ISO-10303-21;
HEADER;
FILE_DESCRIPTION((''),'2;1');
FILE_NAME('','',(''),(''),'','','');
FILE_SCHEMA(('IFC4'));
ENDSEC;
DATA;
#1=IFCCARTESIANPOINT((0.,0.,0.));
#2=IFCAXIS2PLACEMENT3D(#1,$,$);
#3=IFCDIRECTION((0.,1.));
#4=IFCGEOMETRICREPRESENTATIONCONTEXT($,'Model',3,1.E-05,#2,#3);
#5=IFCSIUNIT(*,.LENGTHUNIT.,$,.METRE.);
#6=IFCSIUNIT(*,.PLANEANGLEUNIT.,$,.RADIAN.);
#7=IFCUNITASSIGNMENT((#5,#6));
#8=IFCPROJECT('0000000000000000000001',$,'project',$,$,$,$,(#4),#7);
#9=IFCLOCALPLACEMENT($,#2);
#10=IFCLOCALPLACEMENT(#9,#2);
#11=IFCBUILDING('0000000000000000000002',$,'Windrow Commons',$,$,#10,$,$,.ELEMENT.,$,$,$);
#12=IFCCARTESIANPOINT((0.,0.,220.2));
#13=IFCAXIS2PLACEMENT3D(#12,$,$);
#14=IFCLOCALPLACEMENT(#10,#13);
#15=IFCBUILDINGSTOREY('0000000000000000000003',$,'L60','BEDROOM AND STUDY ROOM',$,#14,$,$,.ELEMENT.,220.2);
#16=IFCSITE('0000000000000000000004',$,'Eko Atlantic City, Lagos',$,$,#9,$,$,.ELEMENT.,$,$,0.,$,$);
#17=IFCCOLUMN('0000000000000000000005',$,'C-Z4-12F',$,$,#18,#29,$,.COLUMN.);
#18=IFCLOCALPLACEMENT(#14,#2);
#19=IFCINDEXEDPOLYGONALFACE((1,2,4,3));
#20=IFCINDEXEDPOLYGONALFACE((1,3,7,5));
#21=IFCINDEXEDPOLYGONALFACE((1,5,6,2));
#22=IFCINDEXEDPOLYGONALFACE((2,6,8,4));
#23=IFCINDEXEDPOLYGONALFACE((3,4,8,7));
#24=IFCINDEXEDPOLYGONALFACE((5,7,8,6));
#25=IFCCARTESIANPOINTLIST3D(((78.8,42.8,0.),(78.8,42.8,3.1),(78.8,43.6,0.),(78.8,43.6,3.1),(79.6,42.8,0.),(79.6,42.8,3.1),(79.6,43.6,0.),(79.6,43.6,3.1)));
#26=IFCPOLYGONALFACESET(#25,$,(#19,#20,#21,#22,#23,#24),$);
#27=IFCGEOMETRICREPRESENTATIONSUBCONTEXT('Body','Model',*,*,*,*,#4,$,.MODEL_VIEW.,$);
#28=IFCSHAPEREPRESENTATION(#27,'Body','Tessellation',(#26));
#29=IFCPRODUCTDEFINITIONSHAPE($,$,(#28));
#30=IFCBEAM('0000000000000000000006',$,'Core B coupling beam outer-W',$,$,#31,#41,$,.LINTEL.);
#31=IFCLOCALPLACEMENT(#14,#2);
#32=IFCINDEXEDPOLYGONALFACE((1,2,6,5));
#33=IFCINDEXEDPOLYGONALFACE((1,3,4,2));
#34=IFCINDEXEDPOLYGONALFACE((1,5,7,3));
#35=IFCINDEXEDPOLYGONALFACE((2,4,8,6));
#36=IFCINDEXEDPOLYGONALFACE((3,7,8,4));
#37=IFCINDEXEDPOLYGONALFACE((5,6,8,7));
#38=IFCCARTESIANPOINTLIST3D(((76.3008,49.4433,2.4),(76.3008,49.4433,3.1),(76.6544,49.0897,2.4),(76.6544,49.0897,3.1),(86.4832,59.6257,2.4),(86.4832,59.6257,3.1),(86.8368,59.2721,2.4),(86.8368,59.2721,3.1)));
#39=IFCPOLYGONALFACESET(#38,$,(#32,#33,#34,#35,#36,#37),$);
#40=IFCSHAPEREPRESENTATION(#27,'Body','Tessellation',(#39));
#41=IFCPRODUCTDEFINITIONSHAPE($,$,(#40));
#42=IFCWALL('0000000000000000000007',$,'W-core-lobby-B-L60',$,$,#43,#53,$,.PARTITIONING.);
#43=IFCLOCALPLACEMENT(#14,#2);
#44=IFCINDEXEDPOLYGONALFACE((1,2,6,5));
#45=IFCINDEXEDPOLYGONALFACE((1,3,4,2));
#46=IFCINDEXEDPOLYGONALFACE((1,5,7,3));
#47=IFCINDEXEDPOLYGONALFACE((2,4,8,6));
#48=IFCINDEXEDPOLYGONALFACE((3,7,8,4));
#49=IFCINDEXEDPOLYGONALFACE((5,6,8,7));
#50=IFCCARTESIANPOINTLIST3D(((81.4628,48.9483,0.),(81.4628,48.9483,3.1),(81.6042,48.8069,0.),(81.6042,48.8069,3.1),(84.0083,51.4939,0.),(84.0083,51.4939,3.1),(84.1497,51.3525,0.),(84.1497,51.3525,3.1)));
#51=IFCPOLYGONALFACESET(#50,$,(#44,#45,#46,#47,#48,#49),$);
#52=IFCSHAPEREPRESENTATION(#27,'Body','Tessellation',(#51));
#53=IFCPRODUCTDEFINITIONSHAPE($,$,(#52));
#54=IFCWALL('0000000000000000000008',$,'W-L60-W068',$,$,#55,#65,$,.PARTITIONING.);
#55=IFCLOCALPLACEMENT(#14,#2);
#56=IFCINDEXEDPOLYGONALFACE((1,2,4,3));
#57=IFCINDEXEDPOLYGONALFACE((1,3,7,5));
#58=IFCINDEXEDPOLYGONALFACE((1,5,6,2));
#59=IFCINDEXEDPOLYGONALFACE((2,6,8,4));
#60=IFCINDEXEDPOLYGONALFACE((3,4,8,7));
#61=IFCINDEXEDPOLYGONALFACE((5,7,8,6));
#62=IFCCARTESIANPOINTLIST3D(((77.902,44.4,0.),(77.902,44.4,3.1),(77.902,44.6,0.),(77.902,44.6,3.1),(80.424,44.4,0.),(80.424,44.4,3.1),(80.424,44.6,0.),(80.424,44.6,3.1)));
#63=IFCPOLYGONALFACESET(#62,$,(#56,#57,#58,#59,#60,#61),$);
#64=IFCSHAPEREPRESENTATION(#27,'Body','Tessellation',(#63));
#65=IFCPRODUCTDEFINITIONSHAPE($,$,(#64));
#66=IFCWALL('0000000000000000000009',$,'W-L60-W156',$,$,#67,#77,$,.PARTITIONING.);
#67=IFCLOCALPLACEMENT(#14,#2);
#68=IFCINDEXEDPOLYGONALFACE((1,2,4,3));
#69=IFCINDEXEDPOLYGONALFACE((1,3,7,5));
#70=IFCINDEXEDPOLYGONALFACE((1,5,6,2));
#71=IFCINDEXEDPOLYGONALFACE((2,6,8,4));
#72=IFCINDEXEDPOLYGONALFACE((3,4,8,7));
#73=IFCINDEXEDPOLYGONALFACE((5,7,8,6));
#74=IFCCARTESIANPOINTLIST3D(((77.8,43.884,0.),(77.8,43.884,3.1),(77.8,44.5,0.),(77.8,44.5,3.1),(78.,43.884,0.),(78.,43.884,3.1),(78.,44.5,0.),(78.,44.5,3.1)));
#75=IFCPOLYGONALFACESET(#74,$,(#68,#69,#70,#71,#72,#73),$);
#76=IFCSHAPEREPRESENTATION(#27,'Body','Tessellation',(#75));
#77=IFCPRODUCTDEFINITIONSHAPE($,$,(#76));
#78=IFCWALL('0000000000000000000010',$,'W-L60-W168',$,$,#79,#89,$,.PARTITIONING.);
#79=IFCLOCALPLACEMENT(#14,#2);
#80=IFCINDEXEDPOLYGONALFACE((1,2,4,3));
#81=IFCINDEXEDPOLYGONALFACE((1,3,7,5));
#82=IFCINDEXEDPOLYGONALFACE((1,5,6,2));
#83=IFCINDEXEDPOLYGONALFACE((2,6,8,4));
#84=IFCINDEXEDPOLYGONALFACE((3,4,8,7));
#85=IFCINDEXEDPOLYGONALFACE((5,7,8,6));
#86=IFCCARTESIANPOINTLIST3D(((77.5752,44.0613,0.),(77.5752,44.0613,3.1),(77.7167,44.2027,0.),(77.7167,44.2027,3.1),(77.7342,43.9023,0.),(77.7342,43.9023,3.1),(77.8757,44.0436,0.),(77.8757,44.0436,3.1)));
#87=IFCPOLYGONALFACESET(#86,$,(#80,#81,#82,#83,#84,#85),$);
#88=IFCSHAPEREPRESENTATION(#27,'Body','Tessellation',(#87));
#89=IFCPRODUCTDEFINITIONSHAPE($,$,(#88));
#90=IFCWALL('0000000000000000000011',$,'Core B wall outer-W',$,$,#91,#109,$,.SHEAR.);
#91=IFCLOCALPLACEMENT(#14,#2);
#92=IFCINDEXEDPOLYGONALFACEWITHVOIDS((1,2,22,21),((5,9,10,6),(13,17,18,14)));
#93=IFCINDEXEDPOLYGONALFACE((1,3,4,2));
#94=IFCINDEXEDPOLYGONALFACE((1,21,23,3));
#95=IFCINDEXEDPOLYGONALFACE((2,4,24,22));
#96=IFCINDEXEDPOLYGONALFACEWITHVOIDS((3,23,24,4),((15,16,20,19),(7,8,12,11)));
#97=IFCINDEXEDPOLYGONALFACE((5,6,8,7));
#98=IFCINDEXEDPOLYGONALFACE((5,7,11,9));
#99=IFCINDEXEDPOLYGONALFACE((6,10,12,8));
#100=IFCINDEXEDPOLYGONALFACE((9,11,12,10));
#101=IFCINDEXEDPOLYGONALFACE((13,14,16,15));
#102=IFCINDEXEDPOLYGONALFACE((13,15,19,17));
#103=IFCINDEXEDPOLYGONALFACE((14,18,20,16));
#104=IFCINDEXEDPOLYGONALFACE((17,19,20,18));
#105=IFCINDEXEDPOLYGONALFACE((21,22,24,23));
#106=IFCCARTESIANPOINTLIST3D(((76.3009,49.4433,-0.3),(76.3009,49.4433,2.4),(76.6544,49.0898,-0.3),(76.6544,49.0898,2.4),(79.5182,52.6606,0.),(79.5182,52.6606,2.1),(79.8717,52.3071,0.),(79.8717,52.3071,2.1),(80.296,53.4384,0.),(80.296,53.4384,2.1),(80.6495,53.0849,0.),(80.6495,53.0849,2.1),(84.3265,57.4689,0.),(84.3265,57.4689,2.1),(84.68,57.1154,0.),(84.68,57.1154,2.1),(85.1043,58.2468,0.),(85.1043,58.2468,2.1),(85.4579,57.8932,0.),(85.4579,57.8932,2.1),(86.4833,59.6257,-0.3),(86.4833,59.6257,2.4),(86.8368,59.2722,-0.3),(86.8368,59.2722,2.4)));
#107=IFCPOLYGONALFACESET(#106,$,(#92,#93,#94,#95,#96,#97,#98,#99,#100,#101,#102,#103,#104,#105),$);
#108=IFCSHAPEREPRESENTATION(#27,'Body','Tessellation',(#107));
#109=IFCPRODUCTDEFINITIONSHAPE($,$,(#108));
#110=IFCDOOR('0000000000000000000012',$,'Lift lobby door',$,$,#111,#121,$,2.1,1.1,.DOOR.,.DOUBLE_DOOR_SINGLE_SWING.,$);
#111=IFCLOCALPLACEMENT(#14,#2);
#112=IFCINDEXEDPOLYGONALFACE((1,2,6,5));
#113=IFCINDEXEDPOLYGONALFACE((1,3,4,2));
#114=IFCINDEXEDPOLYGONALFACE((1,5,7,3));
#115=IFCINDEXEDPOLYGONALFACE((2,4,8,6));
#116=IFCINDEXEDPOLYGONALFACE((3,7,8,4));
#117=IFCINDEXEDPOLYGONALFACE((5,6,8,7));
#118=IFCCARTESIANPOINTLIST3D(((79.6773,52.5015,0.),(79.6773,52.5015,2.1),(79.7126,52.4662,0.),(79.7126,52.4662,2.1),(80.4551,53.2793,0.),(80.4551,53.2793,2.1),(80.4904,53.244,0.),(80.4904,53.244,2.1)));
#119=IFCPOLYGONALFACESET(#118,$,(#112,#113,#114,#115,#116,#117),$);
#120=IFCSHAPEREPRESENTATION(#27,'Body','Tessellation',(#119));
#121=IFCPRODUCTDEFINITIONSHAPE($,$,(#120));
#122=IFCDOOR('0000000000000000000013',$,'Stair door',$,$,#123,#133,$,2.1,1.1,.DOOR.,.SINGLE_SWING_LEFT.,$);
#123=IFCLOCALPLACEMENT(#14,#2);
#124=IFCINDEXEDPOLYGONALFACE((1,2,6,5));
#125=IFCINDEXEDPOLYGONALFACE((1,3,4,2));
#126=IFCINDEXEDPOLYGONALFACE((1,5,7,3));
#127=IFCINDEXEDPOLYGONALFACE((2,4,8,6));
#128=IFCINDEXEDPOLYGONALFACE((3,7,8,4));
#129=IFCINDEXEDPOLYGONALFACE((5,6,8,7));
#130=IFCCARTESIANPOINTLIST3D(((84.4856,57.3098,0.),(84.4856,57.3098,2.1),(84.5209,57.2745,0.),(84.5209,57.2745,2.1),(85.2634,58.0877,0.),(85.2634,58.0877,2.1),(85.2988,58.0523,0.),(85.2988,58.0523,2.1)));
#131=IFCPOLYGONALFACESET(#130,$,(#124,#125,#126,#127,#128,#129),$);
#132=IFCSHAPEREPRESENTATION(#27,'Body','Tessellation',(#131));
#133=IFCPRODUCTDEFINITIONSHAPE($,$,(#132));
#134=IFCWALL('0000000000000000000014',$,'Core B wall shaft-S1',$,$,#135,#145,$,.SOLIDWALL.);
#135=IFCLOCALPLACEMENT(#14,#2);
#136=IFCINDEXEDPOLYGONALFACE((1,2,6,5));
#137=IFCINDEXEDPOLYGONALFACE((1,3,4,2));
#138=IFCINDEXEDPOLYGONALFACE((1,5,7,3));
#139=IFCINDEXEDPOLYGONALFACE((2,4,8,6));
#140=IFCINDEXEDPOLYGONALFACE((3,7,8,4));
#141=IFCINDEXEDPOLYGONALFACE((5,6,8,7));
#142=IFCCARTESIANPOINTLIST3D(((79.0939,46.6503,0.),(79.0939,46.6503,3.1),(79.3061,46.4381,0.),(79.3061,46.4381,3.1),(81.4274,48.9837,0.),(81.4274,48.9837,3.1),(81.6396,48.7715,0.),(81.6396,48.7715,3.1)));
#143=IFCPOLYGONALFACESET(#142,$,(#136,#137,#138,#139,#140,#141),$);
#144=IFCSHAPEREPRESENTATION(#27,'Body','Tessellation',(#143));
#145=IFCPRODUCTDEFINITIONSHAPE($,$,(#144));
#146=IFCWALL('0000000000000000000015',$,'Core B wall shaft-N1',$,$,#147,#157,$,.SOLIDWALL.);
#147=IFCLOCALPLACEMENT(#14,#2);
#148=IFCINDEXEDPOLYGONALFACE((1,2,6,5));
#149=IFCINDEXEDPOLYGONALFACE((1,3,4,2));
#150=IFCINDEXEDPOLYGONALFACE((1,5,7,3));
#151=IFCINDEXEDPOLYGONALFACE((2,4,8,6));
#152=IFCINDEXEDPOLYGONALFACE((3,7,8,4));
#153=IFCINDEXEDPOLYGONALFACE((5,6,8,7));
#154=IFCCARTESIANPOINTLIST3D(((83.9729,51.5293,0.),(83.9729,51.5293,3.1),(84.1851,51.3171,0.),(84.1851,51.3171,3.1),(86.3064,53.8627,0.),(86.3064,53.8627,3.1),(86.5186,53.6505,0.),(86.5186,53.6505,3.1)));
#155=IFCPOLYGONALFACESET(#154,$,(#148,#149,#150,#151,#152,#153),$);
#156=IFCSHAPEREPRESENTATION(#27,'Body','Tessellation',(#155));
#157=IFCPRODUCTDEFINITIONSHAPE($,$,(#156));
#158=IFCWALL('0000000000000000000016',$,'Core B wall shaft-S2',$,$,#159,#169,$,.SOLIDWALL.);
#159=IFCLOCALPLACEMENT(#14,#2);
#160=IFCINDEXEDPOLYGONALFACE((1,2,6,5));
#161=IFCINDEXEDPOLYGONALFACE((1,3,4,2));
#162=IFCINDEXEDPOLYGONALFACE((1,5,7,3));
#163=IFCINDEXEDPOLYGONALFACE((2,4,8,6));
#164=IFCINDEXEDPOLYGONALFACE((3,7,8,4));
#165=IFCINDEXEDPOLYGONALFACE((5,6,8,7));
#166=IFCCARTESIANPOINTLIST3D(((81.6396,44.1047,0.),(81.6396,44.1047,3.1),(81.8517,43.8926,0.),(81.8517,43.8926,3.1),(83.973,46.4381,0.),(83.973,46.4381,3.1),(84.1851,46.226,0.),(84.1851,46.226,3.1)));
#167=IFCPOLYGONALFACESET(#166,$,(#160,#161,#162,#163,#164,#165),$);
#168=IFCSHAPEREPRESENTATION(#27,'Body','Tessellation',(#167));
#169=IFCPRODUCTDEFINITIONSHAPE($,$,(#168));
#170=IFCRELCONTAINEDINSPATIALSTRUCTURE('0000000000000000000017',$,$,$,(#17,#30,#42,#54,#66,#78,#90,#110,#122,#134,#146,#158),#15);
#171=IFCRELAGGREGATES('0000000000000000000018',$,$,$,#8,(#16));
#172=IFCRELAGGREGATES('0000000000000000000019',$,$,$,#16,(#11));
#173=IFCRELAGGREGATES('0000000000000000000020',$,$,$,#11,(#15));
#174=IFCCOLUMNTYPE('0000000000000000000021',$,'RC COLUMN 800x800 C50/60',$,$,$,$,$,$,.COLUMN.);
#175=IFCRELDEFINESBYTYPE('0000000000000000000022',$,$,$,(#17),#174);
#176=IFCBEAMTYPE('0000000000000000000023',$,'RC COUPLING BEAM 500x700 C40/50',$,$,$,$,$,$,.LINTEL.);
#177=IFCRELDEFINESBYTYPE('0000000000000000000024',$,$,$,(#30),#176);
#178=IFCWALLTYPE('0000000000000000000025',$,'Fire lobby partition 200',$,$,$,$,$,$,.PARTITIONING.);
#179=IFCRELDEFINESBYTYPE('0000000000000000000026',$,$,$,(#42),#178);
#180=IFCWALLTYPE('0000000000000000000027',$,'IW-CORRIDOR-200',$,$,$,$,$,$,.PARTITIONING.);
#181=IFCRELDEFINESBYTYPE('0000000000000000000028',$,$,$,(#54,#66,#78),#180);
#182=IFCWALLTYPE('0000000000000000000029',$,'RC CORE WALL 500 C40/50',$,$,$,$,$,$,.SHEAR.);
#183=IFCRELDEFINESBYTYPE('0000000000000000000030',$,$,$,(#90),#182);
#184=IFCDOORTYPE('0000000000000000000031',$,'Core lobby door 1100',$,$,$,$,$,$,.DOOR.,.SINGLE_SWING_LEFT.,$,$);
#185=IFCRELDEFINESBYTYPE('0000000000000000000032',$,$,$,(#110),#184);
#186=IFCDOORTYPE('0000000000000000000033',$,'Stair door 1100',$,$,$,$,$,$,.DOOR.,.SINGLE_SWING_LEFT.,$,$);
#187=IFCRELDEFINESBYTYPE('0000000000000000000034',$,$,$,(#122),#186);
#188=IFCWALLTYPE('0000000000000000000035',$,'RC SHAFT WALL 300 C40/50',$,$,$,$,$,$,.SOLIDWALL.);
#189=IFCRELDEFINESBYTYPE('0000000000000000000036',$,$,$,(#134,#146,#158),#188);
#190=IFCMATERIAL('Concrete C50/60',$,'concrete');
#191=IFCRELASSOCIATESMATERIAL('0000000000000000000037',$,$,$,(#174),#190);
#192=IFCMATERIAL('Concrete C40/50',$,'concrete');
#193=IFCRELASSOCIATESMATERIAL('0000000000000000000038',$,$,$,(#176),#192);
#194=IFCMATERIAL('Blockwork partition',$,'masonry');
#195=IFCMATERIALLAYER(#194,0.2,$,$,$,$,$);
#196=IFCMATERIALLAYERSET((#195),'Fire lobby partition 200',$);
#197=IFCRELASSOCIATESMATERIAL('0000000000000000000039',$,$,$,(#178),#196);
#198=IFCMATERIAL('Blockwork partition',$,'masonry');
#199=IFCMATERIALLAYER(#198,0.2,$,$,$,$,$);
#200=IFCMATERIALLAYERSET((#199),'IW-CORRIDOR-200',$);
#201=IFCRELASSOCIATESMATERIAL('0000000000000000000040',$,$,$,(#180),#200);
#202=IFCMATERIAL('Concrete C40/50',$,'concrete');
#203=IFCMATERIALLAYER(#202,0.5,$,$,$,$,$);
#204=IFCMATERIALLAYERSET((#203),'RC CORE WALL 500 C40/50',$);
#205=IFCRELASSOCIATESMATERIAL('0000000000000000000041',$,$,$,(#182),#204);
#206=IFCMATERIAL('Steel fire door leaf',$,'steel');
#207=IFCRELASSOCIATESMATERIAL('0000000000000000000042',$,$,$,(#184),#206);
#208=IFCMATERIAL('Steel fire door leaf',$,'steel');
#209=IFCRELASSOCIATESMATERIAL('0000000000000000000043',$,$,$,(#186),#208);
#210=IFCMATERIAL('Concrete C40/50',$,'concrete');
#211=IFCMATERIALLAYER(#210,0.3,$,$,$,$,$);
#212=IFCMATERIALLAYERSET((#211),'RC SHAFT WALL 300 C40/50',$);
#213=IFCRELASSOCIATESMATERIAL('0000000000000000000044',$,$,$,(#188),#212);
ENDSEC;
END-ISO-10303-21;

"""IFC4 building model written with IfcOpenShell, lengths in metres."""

from ifc_helpers import new_model, si_unit, direction, frame, frame_2d, origin, origin_2d, place, context, subcontext, project, spatial, rectangle, extrude, material, layer, layer_set, material_profile, profile_set, type_object, element, fill, save


model = new_model("IFC4")

# Units and contexts
model_context = context("Model", 3, precision=1e-05, world=origin(), true_north=direction((0.0, 1.0)))
body_context = subcontext(model_context, "Body", "Model", "MODEL_VIEW")
ifc_project = project(units=[si_unit("LENGTHUNIT", "METRE"), si_unit("PLANEANGLEUNIT", "RADIAN")], contexts=[model_context])

# Site, building, storey
site_placement = place(None, origin())
site = spatial("IfcSite", under=ifc_project, at=site_placement, Name="Eko Atlantic City, Lagos", CompositionType="ELEMENT", RefElevation=0.0)
building_placement = place(site_placement, origin())
building = spatial("IfcBuilding", under=site, at=building_placement, Name="Windrow Commons", CompositionType="ELEMENT")
storey_placement = place(building_placement, frame((0.0, 0.0, 220.2)))
storey = spatial("IfcBuildingStorey", under=building, at=storey_placement, Name="L60", Description="BEDROOM AND STUDY ROOM", CompositionType="ELEMENT", Elevation=220.2)

# Column
ifc_material_1 = material(Name="Concrete C50/60", Category="concrete")
ifc_material_profile_1 = material_profile(ifc_material_1, rectangle(XDim=0.8, YDim=0.8, at=origin_2d()))
ifc_profile_set_1 = profile_set([ifc_material_profile_1], Name="Concrete C50/60")
column_type = type_object("IfcColumnType", Name="RC COLUMN 800x800 C50/60", PredefinedType="COLUMN", material=ifc_profile_set_1)
column_placement = place(storey_placement, frame((79.2, 43.2, 0.0), z_axis=(0.0, 0.0, 1.0), x_axis=(1.0, 0.0, 0.0)))
element("IfcColumn", 1, at=column_placement, inside=storey, type_object=column_type, Name="C-Z4-12F", PredefinedType="COLUMN", context=body_context, shape_type="SweptSolid", body=[
    extrude(rectangle(XDim=0.8, YDim=0.8, at=origin_2d()), origin(), (0.0, 0.0, 1.0), 3.1),
])

# Beam
ifc_material_2 = material(Name="Concrete C40/50", Category="concrete")
ifc_material_profile_2 = material_profile(ifc_material_2, rectangle(XDim=0.5, YDim=0.7, at=origin_2d()))
ifc_profile_set_2 = profile_set([ifc_material_profile_2], Name="Concrete C40/50")
beam_type = type_object("IfcBeamType", Name="RC COUPLING BEAM 500x700 C40/50", PredefinedType="LINTEL", material=ifc_profile_set_2)
beam_placement = place(storey_placement, frame((76.4776, 49.2665, 2.75), z_axis=(0.707107, 0.707107, 0.0), x_axis=(-0.707107, 0.707107, 0.0)))
element("IfcBeam", 2, at=beam_placement, inside=storey, type_object=beam_type, Name="Core B coupling beam outer-W", PredefinedType="LINTEL", context=body_context, shape_type="SweptSolid", body=[
    extrude(rectangle(XDim=0.5, YDim=0.7, at=origin_2d()), origin(), (0.0, 0.0, 1.0), 14.4001),
])

# Walls
ifc_material_3 = material(Name="Blockwork partition", Category="masonry")
ifc_layer_1 = layer(ifc_material_3, 0.2)
ifc_layer_set_1 = layer_set([ifc_layer_1], Name="Fire lobby partition 200")
wall_type_1 = type_object("IfcWallType", Name="Fire lobby partition 200", PredefinedType="PARTITIONING", material=ifc_layer_set_1)
wall_1_placement = place(storey_placement, frame((81.5335, 48.8776, 0.0), z_axis=(0.0, 0.0, 1.0), x_axis=(0.707093, 0.707121, 0.0)))
element("IfcWall", 3, at=wall_1_placement, inside=storey, type_object=wall_type_1, Name="W-core-lobby-B-L60", PredefinedType="PARTITIONING", context=body_context, shape_type="SweptSolid", body=[
    extrude(rectangle(XDim=3.6, YDim=0.2, at=frame_2d((1.8, 0.0))), origin(), (0.0, 0.0, 1.0), 3.1),
])
ifc_material_4 = material(Name="Blockwork partition", Category="masonry")
ifc_layer_2 = layer(ifc_material_4, 0.2)
ifc_layer_set_2 = layer_set([ifc_layer_2], Name="IW-CORRIDOR-200")
wall_type_2 = type_object("IfcWallType", Name="IW-CORRIDOR-200", PredefinedType="PARTITIONING", material=ifc_layer_set_2)
wall_2_placement = place(storey_placement, frame((77.902, 44.5, 0.0), z_axis=(0.0, 0.0, 1.0), x_axis=(1.0, 0.0, 0.0)))
element("IfcWall", 4, at=wall_2_placement, inside=storey, type_object=wall_type_2, Name="W-L60-W068", PredefinedType="PARTITIONING", context=body_context, shape_type="SweptSolid", body=[
    extrude(rectangle(XDim=2.522, YDim=0.2, at=frame_2d((1.261, 0.0))), origin(), (0.0, 0.0, 1.0), 3.1),
])
wall_3_placement = place(storey_placement, frame((77.9, 43.884, 0.0), z_axis=(0.0, 0.0, 1.0), x_axis=(0.0, 1.0, 0.0)))
element("IfcWall", 5, at=wall_3_placement, inside=storey, type_object=wall_type_2, Name="W-L60-W156", PredefinedType="PARTITIONING", context=body_context, shape_type="SweptSolid", body=[
    extrude(rectangle(XDim=0.616, YDim=0.2, at=frame_2d((0.308, 0.0))), origin(), (0.0, 0.0, 1.0), 3.1),
])
wall_4_placement = place(storey_placement, frame((77.646, 44.132, 0.0), z_axis=(0.0, 0.0, 1.0), x_axis=(0.706884, -0.707329, 0.0)))
element("IfcWall", 6, at=wall_4_placement, inside=storey, type_object=wall_type_2, Name="W-L60-W168", PredefinedType="PARTITIONING", context=body_context, shape_type="SweptSolid", body=[
    extrude(rectangle(XDim=0.2249, YDim=0.2, at=frame_2d((0.1124, 0.0))), origin(), (0.0, 0.0, 1.0), 3.1),
])

# Wall, openings, doors
ifc_material_5 = material(Name="Concrete C40/50", Category="concrete")
ifc_layer_3 = layer(ifc_material_5, 0.5)
ifc_layer_set_3 = layer_set([ifc_layer_3], Name="RC CORE WALL 500 C40/50")
wall_type_3 = type_object("IfcWallType", Name="RC CORE WALL 500 C40/50", PredefinedType="SHEAR", material=ifc_layer_set_3)
wall_5_placement = place(storey_placement, frame((76.4776, 49.2665, -0.3), z_axis=(0.0, 0.0, 1.0), x_axis=(0.707107, 0.707107, 0.0)))
wall_5 = element("IfcWall", 7, at=wall_5_placement, inside=storey, type_object=wall_type_3, Name="Core B wall outer-W", PredefinedType="SHEAR", context=body_context, shape_type="SweptSolid", body=[
    extrude(rectangle(XDim=14.4001, YDim=0.5, at=frame_2d((7.2001, 0.0))), origin(), (0.0, 0.0, 1.0), 2.7),
])
opening_1_placement = place(wall_5_placement, frame((4.55, 0.0, 0.3)))
opening_1 = element("IfcOpeningElement", 8, at=opening_1_placement, cuts=wall_5, PredefinedType="OPENING", context=body_context, shape_type="SweptSolid", body=[
    extrude(rectangle(XDim=1.1, YDim=2.1, at=frame_2d((0.55, 1.05))), frame((0.0, 0.26, 0.0), z_axis=(0.0, -1.0, 0.0), x_axis=(1.0, 0.0, 0.0)), (0.0, 0.0, 1.0), 0.52),
])
opening_2_placement = place(wall_5_placement, frame((11.35, 0.0, 0.3)))
opening_2 = element("IfcOpeningElement", 9, at=opening_2_placement, cuts=wall_5, PredefinedType="OPENING", context=body_context, shape_type="SweptSolid", body=[
    extrude(rectangle(XDim=1.1, YDim=2.1, at=frame_2d((0.55, 1.05))), frame((0.0, 0.26, 0.0), z_axis=(0.0, -1.0, 0.0), x_axis=(1.0, 0.0, 0.0)), (0.0, 0.0, 1.0), 0.52),
])
ifc_material_6 = material(Name="Steel fire door leaf", Category="steel")
door_type_1 = type_object("IfcDoorType", Name="Core lobby door 1100", OperationType="SINGLE_SWING_LEFT", PredefinedType="DOOR", material=ifc_material_6)
door_1_placement = place(opening_1_placement, origin())
door_1 = element("IfcDoor", 10, at=door_1_placement, inside=storey, type_object=door_type_1, Name="Lift lobby door", OperationType="DOUBLE_DOOR_SINGLE_SWING", OverallHeight=2.1, OverallWidth=1.1, PredefinedType="DOOR", context=body_context, shape_type="SweptSolid", body=[
    extrude(rectangle(XDim=1.1, YDim=2.1, at=frame_2d((0.55, 1.05))), frame((0.0, 0.025, 0.0), z_axis=(0.0, -1.0, 0.0), x_axis=(1.0, 0.0, 0.0)), (0.0, 0.0, 1.0), 0.05),
])
fill(opening_1, door_1)
ifc_material_7 = material(Name="Steel fire door leaf", Category="steel")
door_type_2 = type_object("IfcDoorType", Name="Stair door 1100", OperationType="SINGLE_SWING_LEFT", PredefinedType="DOOR", material=ifc_material_7)
door_2_placement = place(opening_2_placement, origin())
door_2 = element("IfcDoor", 11, at=door_2_placement, inside=storey, type_object=door_type_2, Name="Stair door", OperationType="SINGLE_SWING_LEFT", OverallHeight=2.1, OverallWidth=1.1, PredefinedType="DOOR", context=body_context, shape_type="SweptSolid", body=[
    extrude(rectangle(XDim=1.1, YDim=2.1, at=frame_2d((0.55, 1.05))), frame((0.0, 0.025, 0.0), z_axis=(0.0, -1.0, 0.0), x_axis=(1.0, 0.0, 0.0)), (0.0, 0.0, 1.0), 0.05),
])
fill(opening_2, door_2)

# Walls
ifc_material_8 = material(Name="Concrete C40/50", Category="concrete")
ifc_layer_4 = layer(ifc_material_8, 0.3)
ifc_layer_set_4 = layer_set([ifc_layer_4], Name="RC SHAFT WALL 300 C40/50")
wall_type_4 = type_object("IfcWallType", Name="RC SHAFT WALL 300 C40/50", PredefinedType="SOLIDWALL", material=ifc_layer_set_4)
for number, where, z_axis, x_axis, name in (
    (12, (79.2, 46.5442, 0.0), (0.0, 0.0, 1.0), (0.707122, 0.707092, 0.0), "Core B wall shaft-S1"),
    (13, (84.079, 51.4232, 0.0), (0.0, 0.0, 1.0), (0.707122, 0.707092, 0.0), "Core B wall shaft-N1"),
):
    element("IfcWall", number, at=place(storey_placement, frame(where, z_axis=z_axis, x_axis=x_axis)), inside=storey, type_object=wall_type_4, Name=name, PredefinedType="SOLIDWALL", context=body_context, shape_type="SweptSolid", body=[
        extrude(rectangle(XDim=3.3, YDim=0.3, at=frame_2d((1.65, 0.0))), origin(), (0.0, 0.0, 1.0), 3.1),
    ])
wall_6_placement = place(storey_placement, frame((81.7456, 43.9986, 0.0), z_axis=(0.0, 0.0, 1.0), x_axis=(0.707107, 0.707107, 0.0)))
element("IfcWall", 14, at=wall_6_placement, inside=storey, type_object=wall_type_4, Name="Core B wall shaft-S2", PredefinedType="SOLIDWALL", context=body_context, shape_type="SweptSolid", body=[
    extrude(rectangle(XDim=3.2999, YDim=0.3, at=frame_2d((1.65, 0.0))), origin(), (0.0, 0.0, 1.0), 3.1),
])

save(model, "model.ifc")
